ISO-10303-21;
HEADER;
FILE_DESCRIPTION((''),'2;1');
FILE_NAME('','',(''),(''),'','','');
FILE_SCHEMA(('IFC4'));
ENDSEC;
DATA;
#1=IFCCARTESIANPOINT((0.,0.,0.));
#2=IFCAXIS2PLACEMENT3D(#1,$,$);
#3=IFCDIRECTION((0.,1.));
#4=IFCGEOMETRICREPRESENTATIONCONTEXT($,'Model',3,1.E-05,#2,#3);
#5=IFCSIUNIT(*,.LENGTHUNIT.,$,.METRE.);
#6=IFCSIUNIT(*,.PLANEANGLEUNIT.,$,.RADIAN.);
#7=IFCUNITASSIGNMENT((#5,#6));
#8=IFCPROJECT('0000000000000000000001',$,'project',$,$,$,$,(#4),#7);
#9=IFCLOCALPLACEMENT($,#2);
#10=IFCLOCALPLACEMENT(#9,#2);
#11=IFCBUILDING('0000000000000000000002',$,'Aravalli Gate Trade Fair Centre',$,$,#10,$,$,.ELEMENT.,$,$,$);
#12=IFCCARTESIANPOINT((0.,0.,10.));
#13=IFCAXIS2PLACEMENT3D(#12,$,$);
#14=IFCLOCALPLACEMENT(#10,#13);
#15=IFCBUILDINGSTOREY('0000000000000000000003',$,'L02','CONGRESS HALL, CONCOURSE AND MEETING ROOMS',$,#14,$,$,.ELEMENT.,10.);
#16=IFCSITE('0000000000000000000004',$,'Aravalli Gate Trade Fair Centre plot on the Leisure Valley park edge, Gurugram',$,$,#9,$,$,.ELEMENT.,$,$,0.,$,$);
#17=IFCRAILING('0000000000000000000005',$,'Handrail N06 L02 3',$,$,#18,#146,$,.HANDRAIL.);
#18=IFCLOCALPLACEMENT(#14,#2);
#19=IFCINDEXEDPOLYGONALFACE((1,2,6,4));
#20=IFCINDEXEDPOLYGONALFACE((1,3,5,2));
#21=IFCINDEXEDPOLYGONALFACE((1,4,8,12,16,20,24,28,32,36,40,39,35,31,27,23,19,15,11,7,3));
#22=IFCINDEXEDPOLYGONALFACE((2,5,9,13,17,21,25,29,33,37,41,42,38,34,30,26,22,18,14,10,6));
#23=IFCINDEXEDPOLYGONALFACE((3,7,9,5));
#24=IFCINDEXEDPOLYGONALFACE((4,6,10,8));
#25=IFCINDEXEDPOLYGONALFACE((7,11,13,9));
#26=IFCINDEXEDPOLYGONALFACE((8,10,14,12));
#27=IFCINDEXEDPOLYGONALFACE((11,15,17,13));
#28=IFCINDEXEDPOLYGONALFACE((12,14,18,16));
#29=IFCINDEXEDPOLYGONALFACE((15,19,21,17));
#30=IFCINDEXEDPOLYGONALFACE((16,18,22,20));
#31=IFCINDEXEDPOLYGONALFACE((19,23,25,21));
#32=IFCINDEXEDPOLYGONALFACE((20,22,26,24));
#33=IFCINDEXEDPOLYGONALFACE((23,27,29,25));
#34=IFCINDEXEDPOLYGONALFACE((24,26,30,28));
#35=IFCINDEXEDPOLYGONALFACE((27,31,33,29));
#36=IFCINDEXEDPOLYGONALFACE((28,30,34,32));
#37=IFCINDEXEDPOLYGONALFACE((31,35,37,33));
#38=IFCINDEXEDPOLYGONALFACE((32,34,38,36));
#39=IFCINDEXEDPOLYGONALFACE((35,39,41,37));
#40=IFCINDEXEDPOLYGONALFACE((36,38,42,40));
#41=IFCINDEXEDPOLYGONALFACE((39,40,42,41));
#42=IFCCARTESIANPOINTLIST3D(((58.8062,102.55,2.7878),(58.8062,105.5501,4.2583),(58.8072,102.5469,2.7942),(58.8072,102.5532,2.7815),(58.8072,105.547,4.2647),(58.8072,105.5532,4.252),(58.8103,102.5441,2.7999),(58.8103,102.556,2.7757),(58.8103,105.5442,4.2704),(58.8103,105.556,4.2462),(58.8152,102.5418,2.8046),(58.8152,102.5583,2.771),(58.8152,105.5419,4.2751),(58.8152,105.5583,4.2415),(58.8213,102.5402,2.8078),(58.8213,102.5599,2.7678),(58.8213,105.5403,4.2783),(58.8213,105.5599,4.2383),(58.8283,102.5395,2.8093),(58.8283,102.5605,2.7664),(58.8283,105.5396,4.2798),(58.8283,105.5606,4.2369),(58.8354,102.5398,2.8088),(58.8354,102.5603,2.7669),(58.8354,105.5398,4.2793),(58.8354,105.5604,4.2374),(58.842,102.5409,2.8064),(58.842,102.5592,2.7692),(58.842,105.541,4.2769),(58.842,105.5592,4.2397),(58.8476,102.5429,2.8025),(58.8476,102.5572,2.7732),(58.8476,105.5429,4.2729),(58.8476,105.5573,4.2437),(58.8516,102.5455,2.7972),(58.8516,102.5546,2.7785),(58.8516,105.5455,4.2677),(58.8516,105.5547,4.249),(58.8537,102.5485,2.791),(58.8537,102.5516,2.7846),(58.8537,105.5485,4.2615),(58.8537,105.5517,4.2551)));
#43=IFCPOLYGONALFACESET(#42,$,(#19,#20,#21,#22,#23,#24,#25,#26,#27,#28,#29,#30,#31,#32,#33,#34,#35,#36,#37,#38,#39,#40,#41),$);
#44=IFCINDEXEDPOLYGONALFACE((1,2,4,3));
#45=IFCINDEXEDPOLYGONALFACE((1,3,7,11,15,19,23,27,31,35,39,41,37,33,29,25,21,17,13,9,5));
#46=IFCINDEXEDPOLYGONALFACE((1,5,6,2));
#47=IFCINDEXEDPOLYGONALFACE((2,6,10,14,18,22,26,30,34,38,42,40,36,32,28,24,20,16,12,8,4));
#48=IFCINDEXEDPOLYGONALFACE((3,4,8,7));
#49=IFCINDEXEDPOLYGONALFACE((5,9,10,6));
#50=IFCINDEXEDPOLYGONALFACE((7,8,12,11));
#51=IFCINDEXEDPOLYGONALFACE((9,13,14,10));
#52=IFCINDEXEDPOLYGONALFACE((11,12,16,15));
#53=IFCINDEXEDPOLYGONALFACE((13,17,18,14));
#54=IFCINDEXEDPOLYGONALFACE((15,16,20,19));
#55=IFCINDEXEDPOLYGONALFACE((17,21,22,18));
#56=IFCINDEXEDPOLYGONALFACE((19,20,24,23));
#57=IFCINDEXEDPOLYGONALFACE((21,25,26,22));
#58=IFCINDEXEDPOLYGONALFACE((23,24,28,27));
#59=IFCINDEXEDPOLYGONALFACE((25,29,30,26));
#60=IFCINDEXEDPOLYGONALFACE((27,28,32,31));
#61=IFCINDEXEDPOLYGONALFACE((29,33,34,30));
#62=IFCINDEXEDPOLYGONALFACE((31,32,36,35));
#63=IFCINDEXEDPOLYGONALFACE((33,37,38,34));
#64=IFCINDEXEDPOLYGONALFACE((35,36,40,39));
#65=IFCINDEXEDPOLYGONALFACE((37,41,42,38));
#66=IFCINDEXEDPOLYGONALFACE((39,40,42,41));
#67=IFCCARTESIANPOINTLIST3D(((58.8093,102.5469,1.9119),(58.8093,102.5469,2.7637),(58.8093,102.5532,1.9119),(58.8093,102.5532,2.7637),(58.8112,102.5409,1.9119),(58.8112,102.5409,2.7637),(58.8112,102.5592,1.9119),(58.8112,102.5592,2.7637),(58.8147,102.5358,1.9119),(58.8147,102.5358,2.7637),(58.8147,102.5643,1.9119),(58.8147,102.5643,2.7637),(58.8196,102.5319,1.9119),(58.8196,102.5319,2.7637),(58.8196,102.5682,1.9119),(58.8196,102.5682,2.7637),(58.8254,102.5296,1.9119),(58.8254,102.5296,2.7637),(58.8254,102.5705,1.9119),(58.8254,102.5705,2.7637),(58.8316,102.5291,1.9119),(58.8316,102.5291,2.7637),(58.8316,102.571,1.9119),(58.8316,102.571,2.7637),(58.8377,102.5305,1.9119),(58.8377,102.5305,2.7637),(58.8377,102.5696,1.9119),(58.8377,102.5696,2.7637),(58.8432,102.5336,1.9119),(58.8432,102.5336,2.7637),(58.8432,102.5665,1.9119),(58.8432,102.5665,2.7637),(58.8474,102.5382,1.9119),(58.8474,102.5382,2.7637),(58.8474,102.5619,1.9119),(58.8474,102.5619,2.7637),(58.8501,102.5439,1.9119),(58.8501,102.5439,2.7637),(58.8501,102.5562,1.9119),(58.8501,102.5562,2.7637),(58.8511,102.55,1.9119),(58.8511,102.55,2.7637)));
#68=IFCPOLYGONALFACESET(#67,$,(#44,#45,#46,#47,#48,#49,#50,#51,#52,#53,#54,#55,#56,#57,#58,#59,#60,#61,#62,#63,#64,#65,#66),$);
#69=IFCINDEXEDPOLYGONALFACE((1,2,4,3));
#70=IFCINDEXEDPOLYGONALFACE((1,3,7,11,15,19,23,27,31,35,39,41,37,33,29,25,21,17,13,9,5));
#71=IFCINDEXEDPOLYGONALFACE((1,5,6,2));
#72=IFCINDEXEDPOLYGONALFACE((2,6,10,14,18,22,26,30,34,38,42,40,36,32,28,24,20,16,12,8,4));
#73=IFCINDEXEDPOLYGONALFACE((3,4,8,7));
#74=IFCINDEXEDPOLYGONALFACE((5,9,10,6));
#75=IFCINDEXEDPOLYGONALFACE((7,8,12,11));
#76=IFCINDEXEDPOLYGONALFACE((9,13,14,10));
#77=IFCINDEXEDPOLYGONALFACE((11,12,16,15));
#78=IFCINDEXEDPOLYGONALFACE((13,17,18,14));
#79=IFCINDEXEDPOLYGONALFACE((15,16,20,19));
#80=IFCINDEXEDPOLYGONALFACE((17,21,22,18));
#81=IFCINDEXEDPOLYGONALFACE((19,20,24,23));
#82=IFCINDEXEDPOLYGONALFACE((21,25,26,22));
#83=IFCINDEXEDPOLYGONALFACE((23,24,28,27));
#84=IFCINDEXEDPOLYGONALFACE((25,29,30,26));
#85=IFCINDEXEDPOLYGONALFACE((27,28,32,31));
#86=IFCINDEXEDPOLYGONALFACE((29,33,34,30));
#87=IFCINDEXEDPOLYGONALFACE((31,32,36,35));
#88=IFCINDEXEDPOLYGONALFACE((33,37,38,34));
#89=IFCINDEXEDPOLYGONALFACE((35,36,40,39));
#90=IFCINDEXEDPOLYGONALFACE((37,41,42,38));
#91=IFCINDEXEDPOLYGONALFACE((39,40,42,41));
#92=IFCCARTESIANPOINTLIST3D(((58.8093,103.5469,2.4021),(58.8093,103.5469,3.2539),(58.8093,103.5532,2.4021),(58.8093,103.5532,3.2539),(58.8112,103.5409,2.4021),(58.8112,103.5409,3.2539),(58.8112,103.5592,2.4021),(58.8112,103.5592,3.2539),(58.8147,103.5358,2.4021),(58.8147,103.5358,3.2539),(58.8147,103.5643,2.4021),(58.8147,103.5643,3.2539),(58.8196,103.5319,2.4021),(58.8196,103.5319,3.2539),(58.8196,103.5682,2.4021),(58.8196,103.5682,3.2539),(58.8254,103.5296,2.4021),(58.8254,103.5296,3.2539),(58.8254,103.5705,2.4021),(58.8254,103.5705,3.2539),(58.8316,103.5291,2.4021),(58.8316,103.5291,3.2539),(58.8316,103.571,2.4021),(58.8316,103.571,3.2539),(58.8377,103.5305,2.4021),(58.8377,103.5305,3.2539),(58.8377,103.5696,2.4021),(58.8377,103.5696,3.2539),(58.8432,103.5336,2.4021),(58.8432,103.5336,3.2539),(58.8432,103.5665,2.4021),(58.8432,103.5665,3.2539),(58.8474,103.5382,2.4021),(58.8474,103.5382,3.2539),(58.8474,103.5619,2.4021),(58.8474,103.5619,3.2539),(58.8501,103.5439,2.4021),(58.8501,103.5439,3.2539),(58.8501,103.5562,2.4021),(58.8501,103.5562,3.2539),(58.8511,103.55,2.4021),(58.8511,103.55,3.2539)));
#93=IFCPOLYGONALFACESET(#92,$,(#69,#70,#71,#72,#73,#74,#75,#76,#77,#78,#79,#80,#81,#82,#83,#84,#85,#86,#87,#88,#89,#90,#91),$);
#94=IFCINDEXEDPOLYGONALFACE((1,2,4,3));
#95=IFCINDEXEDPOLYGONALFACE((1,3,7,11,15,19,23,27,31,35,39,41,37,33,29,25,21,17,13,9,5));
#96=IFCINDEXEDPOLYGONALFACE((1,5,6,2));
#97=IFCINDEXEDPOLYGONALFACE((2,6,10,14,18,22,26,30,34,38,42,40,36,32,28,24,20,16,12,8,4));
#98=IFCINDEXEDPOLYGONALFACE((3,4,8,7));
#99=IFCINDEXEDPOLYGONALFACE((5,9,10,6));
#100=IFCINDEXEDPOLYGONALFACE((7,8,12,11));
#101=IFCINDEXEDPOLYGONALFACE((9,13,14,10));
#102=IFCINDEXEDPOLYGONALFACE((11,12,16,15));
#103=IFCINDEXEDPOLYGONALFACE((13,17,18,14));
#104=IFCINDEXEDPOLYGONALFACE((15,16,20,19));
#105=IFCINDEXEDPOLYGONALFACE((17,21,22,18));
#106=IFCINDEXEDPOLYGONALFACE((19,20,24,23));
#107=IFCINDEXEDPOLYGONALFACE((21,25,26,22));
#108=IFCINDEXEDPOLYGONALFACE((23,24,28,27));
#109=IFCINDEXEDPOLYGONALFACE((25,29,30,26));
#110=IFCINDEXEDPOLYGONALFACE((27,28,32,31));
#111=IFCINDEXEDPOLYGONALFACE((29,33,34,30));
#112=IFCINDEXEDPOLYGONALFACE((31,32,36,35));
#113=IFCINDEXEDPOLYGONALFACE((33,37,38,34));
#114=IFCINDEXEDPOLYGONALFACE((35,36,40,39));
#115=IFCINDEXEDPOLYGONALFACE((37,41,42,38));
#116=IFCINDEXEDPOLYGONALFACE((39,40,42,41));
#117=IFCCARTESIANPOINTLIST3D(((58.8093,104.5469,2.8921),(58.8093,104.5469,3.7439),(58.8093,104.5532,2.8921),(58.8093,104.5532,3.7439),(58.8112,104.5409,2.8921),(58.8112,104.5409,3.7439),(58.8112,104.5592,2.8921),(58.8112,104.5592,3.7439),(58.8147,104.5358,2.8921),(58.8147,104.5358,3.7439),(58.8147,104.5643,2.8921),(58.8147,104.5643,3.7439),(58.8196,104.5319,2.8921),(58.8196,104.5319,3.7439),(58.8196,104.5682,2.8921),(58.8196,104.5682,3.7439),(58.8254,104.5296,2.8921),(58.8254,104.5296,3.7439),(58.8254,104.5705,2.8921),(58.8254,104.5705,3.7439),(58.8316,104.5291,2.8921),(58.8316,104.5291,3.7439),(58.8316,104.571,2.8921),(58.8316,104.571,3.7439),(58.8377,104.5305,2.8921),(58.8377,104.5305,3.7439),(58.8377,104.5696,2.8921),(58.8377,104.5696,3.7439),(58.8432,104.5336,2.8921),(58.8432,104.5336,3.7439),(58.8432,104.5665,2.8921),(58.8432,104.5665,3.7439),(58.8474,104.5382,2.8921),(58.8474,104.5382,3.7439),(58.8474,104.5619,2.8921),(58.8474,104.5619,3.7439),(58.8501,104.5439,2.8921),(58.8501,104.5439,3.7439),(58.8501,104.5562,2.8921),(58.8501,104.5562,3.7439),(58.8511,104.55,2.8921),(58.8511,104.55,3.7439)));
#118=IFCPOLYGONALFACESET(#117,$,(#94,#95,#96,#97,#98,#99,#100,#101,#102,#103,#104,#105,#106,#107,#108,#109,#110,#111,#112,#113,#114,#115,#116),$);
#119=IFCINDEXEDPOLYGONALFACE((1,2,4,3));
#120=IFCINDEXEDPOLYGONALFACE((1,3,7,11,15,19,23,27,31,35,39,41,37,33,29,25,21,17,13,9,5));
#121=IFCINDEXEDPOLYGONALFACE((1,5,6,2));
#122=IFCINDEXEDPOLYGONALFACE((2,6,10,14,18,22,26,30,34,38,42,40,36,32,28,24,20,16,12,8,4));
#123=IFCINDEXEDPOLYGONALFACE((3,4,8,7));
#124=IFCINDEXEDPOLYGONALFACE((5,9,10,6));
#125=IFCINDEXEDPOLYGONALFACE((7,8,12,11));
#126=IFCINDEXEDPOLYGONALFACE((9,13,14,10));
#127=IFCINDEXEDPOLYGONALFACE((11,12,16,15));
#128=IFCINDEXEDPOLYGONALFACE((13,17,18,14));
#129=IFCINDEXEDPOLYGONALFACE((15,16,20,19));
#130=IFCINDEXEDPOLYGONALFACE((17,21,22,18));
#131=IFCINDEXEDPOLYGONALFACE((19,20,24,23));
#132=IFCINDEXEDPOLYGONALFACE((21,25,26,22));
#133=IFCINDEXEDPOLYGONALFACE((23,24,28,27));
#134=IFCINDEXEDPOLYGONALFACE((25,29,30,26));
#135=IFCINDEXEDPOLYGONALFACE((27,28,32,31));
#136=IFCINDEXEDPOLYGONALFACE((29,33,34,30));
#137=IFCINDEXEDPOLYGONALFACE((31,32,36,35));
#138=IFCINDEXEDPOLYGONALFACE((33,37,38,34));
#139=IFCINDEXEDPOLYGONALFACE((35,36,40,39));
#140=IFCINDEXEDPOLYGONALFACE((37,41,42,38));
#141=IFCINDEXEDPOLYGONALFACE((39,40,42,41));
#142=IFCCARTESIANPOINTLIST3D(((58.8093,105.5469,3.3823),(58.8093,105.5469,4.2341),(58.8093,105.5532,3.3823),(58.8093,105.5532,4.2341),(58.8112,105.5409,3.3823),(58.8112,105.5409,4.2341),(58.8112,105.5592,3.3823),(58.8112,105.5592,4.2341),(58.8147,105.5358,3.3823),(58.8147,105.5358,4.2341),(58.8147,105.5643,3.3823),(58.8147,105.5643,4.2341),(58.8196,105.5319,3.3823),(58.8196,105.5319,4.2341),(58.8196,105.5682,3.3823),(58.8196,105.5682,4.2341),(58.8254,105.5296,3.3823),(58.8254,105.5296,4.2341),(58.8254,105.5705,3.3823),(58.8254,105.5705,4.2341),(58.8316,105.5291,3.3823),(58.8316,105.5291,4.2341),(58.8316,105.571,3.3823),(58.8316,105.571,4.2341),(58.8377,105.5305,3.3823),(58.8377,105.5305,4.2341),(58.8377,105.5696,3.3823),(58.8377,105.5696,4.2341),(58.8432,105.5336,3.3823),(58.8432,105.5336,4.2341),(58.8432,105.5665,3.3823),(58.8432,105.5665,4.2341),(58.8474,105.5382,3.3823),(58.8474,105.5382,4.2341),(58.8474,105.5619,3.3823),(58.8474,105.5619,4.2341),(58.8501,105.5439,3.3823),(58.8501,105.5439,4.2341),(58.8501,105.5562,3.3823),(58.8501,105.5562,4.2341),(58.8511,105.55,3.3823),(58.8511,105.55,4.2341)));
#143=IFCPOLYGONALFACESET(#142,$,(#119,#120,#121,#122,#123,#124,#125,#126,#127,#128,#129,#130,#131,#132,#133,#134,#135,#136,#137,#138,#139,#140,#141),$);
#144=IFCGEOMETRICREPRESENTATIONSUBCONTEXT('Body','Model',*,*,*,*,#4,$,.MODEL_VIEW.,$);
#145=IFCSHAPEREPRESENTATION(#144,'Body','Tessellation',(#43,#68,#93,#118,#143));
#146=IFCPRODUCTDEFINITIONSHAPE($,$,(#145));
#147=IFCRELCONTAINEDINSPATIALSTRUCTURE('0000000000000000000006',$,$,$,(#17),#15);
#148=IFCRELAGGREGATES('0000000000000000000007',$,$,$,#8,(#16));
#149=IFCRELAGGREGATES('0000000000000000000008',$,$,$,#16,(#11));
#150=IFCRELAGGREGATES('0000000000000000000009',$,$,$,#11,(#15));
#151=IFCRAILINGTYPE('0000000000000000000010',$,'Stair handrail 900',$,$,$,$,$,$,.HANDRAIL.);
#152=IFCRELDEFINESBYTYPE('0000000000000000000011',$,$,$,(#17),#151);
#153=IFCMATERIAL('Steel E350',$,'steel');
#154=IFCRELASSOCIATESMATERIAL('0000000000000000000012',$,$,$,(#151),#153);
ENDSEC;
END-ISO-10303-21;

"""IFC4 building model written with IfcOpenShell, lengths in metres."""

from ifc_helpers import new_model, si_unit, direction, frame, origin, origin_2d, place, context, subcontext, project, spatial, circle, extrude, material, type_object, element, save


model = new_model("IFC4")

# Units and contexts
model_context = context("Model", 3, precision=1e-05, world=origin(), true_north=direction((0.0, 1.0)))
body_context = subcontext(model_context, "Body", "Model", "MODEL_VIEW")
ifc_project = project(units=[si_unit("LENGTHUNIT", "METRE"), si_unit("PLANEANGLEUNIT", "RADIAN")], contexts=[model_context])

# Site, building, storey
site_placement = place(None, origin())
site = spatial("IfcSite", under=ifc_project, at=site_placement, Name="Aravalli Gate Trade Fair Centre plot on the Leisure Valley park edge, Gurugram", CompositionType="ELEMENT", RefElevation=0.0)
building_placement = place(site_placement, origin())
building = spatial("IfcBuilding", under=site, at=building_placement, Name="Aravalli Gate Trade Fair Centre", CompositionType="ELEMENT")
storey_placement = place(building_placement, frame((0.0, 0.0, 10.0)))
storey = spatial("IfcBuildingStorey", under=building, at=storey_placement, Name="L02", Description="CONGRESS HALL, CONCOURSE AND MEETING ROOMS", CompositionType="ELEMENT", Elevation=10.0)

# Shared definitions
ifc_material_1 = material(Name="Steel E350", Category="steel")

# Railing
railing_type_1 = type_object("IfcRailingType", Name="Stair handrail 900", PredefinedType="HANDRAIL", material=ifc_material_1)
for number, where, name in (
    (1, (58.8301, 102.55, 1.9119), "Handrail N06 L02 3"),
):
    element("IfcRailing", number, at=place(storey_placement, frame(where)), inside=storey, type_object=railing_type_1, Name=name, PredefinedType="HANDRAIL", context=body_context, shape_type="SweptSolid", body=[
        extrude(circle(Radius=0.0239, at=origin_2d()), frame((0.0, 0.0, 0.876), z_axis=(0.0, 0.897936, 0.440126), x_axis=(-1.0, 0.0, 0.0)), (0.0, 0.0, 1.0), 3.3411),
        extrude(circle(Radius=0.021, at=origin_2d()), origin(), (0.0, 0.0, 1.0), 0.8518),
        extrude(circle(Radius=0.021, at=origin_2d()), frame((0.0, 1.0, 0.4902)), (0.0, 0.0, 1.0), 0.8518),
        extrude(circle(Radius=0.021, at=origin_2d()), frame((0.0, 2.0, 0.9802)), (0.0, 0.0, 1.0), 0.8518),
        extrude(circle(Radius=0.021, at=origin_2d()), frame((0.0, 3.0, 1.4705)), (0.0, 0.0, 1.0), 0.8518),
    ])

save(model, "model.ifc")
